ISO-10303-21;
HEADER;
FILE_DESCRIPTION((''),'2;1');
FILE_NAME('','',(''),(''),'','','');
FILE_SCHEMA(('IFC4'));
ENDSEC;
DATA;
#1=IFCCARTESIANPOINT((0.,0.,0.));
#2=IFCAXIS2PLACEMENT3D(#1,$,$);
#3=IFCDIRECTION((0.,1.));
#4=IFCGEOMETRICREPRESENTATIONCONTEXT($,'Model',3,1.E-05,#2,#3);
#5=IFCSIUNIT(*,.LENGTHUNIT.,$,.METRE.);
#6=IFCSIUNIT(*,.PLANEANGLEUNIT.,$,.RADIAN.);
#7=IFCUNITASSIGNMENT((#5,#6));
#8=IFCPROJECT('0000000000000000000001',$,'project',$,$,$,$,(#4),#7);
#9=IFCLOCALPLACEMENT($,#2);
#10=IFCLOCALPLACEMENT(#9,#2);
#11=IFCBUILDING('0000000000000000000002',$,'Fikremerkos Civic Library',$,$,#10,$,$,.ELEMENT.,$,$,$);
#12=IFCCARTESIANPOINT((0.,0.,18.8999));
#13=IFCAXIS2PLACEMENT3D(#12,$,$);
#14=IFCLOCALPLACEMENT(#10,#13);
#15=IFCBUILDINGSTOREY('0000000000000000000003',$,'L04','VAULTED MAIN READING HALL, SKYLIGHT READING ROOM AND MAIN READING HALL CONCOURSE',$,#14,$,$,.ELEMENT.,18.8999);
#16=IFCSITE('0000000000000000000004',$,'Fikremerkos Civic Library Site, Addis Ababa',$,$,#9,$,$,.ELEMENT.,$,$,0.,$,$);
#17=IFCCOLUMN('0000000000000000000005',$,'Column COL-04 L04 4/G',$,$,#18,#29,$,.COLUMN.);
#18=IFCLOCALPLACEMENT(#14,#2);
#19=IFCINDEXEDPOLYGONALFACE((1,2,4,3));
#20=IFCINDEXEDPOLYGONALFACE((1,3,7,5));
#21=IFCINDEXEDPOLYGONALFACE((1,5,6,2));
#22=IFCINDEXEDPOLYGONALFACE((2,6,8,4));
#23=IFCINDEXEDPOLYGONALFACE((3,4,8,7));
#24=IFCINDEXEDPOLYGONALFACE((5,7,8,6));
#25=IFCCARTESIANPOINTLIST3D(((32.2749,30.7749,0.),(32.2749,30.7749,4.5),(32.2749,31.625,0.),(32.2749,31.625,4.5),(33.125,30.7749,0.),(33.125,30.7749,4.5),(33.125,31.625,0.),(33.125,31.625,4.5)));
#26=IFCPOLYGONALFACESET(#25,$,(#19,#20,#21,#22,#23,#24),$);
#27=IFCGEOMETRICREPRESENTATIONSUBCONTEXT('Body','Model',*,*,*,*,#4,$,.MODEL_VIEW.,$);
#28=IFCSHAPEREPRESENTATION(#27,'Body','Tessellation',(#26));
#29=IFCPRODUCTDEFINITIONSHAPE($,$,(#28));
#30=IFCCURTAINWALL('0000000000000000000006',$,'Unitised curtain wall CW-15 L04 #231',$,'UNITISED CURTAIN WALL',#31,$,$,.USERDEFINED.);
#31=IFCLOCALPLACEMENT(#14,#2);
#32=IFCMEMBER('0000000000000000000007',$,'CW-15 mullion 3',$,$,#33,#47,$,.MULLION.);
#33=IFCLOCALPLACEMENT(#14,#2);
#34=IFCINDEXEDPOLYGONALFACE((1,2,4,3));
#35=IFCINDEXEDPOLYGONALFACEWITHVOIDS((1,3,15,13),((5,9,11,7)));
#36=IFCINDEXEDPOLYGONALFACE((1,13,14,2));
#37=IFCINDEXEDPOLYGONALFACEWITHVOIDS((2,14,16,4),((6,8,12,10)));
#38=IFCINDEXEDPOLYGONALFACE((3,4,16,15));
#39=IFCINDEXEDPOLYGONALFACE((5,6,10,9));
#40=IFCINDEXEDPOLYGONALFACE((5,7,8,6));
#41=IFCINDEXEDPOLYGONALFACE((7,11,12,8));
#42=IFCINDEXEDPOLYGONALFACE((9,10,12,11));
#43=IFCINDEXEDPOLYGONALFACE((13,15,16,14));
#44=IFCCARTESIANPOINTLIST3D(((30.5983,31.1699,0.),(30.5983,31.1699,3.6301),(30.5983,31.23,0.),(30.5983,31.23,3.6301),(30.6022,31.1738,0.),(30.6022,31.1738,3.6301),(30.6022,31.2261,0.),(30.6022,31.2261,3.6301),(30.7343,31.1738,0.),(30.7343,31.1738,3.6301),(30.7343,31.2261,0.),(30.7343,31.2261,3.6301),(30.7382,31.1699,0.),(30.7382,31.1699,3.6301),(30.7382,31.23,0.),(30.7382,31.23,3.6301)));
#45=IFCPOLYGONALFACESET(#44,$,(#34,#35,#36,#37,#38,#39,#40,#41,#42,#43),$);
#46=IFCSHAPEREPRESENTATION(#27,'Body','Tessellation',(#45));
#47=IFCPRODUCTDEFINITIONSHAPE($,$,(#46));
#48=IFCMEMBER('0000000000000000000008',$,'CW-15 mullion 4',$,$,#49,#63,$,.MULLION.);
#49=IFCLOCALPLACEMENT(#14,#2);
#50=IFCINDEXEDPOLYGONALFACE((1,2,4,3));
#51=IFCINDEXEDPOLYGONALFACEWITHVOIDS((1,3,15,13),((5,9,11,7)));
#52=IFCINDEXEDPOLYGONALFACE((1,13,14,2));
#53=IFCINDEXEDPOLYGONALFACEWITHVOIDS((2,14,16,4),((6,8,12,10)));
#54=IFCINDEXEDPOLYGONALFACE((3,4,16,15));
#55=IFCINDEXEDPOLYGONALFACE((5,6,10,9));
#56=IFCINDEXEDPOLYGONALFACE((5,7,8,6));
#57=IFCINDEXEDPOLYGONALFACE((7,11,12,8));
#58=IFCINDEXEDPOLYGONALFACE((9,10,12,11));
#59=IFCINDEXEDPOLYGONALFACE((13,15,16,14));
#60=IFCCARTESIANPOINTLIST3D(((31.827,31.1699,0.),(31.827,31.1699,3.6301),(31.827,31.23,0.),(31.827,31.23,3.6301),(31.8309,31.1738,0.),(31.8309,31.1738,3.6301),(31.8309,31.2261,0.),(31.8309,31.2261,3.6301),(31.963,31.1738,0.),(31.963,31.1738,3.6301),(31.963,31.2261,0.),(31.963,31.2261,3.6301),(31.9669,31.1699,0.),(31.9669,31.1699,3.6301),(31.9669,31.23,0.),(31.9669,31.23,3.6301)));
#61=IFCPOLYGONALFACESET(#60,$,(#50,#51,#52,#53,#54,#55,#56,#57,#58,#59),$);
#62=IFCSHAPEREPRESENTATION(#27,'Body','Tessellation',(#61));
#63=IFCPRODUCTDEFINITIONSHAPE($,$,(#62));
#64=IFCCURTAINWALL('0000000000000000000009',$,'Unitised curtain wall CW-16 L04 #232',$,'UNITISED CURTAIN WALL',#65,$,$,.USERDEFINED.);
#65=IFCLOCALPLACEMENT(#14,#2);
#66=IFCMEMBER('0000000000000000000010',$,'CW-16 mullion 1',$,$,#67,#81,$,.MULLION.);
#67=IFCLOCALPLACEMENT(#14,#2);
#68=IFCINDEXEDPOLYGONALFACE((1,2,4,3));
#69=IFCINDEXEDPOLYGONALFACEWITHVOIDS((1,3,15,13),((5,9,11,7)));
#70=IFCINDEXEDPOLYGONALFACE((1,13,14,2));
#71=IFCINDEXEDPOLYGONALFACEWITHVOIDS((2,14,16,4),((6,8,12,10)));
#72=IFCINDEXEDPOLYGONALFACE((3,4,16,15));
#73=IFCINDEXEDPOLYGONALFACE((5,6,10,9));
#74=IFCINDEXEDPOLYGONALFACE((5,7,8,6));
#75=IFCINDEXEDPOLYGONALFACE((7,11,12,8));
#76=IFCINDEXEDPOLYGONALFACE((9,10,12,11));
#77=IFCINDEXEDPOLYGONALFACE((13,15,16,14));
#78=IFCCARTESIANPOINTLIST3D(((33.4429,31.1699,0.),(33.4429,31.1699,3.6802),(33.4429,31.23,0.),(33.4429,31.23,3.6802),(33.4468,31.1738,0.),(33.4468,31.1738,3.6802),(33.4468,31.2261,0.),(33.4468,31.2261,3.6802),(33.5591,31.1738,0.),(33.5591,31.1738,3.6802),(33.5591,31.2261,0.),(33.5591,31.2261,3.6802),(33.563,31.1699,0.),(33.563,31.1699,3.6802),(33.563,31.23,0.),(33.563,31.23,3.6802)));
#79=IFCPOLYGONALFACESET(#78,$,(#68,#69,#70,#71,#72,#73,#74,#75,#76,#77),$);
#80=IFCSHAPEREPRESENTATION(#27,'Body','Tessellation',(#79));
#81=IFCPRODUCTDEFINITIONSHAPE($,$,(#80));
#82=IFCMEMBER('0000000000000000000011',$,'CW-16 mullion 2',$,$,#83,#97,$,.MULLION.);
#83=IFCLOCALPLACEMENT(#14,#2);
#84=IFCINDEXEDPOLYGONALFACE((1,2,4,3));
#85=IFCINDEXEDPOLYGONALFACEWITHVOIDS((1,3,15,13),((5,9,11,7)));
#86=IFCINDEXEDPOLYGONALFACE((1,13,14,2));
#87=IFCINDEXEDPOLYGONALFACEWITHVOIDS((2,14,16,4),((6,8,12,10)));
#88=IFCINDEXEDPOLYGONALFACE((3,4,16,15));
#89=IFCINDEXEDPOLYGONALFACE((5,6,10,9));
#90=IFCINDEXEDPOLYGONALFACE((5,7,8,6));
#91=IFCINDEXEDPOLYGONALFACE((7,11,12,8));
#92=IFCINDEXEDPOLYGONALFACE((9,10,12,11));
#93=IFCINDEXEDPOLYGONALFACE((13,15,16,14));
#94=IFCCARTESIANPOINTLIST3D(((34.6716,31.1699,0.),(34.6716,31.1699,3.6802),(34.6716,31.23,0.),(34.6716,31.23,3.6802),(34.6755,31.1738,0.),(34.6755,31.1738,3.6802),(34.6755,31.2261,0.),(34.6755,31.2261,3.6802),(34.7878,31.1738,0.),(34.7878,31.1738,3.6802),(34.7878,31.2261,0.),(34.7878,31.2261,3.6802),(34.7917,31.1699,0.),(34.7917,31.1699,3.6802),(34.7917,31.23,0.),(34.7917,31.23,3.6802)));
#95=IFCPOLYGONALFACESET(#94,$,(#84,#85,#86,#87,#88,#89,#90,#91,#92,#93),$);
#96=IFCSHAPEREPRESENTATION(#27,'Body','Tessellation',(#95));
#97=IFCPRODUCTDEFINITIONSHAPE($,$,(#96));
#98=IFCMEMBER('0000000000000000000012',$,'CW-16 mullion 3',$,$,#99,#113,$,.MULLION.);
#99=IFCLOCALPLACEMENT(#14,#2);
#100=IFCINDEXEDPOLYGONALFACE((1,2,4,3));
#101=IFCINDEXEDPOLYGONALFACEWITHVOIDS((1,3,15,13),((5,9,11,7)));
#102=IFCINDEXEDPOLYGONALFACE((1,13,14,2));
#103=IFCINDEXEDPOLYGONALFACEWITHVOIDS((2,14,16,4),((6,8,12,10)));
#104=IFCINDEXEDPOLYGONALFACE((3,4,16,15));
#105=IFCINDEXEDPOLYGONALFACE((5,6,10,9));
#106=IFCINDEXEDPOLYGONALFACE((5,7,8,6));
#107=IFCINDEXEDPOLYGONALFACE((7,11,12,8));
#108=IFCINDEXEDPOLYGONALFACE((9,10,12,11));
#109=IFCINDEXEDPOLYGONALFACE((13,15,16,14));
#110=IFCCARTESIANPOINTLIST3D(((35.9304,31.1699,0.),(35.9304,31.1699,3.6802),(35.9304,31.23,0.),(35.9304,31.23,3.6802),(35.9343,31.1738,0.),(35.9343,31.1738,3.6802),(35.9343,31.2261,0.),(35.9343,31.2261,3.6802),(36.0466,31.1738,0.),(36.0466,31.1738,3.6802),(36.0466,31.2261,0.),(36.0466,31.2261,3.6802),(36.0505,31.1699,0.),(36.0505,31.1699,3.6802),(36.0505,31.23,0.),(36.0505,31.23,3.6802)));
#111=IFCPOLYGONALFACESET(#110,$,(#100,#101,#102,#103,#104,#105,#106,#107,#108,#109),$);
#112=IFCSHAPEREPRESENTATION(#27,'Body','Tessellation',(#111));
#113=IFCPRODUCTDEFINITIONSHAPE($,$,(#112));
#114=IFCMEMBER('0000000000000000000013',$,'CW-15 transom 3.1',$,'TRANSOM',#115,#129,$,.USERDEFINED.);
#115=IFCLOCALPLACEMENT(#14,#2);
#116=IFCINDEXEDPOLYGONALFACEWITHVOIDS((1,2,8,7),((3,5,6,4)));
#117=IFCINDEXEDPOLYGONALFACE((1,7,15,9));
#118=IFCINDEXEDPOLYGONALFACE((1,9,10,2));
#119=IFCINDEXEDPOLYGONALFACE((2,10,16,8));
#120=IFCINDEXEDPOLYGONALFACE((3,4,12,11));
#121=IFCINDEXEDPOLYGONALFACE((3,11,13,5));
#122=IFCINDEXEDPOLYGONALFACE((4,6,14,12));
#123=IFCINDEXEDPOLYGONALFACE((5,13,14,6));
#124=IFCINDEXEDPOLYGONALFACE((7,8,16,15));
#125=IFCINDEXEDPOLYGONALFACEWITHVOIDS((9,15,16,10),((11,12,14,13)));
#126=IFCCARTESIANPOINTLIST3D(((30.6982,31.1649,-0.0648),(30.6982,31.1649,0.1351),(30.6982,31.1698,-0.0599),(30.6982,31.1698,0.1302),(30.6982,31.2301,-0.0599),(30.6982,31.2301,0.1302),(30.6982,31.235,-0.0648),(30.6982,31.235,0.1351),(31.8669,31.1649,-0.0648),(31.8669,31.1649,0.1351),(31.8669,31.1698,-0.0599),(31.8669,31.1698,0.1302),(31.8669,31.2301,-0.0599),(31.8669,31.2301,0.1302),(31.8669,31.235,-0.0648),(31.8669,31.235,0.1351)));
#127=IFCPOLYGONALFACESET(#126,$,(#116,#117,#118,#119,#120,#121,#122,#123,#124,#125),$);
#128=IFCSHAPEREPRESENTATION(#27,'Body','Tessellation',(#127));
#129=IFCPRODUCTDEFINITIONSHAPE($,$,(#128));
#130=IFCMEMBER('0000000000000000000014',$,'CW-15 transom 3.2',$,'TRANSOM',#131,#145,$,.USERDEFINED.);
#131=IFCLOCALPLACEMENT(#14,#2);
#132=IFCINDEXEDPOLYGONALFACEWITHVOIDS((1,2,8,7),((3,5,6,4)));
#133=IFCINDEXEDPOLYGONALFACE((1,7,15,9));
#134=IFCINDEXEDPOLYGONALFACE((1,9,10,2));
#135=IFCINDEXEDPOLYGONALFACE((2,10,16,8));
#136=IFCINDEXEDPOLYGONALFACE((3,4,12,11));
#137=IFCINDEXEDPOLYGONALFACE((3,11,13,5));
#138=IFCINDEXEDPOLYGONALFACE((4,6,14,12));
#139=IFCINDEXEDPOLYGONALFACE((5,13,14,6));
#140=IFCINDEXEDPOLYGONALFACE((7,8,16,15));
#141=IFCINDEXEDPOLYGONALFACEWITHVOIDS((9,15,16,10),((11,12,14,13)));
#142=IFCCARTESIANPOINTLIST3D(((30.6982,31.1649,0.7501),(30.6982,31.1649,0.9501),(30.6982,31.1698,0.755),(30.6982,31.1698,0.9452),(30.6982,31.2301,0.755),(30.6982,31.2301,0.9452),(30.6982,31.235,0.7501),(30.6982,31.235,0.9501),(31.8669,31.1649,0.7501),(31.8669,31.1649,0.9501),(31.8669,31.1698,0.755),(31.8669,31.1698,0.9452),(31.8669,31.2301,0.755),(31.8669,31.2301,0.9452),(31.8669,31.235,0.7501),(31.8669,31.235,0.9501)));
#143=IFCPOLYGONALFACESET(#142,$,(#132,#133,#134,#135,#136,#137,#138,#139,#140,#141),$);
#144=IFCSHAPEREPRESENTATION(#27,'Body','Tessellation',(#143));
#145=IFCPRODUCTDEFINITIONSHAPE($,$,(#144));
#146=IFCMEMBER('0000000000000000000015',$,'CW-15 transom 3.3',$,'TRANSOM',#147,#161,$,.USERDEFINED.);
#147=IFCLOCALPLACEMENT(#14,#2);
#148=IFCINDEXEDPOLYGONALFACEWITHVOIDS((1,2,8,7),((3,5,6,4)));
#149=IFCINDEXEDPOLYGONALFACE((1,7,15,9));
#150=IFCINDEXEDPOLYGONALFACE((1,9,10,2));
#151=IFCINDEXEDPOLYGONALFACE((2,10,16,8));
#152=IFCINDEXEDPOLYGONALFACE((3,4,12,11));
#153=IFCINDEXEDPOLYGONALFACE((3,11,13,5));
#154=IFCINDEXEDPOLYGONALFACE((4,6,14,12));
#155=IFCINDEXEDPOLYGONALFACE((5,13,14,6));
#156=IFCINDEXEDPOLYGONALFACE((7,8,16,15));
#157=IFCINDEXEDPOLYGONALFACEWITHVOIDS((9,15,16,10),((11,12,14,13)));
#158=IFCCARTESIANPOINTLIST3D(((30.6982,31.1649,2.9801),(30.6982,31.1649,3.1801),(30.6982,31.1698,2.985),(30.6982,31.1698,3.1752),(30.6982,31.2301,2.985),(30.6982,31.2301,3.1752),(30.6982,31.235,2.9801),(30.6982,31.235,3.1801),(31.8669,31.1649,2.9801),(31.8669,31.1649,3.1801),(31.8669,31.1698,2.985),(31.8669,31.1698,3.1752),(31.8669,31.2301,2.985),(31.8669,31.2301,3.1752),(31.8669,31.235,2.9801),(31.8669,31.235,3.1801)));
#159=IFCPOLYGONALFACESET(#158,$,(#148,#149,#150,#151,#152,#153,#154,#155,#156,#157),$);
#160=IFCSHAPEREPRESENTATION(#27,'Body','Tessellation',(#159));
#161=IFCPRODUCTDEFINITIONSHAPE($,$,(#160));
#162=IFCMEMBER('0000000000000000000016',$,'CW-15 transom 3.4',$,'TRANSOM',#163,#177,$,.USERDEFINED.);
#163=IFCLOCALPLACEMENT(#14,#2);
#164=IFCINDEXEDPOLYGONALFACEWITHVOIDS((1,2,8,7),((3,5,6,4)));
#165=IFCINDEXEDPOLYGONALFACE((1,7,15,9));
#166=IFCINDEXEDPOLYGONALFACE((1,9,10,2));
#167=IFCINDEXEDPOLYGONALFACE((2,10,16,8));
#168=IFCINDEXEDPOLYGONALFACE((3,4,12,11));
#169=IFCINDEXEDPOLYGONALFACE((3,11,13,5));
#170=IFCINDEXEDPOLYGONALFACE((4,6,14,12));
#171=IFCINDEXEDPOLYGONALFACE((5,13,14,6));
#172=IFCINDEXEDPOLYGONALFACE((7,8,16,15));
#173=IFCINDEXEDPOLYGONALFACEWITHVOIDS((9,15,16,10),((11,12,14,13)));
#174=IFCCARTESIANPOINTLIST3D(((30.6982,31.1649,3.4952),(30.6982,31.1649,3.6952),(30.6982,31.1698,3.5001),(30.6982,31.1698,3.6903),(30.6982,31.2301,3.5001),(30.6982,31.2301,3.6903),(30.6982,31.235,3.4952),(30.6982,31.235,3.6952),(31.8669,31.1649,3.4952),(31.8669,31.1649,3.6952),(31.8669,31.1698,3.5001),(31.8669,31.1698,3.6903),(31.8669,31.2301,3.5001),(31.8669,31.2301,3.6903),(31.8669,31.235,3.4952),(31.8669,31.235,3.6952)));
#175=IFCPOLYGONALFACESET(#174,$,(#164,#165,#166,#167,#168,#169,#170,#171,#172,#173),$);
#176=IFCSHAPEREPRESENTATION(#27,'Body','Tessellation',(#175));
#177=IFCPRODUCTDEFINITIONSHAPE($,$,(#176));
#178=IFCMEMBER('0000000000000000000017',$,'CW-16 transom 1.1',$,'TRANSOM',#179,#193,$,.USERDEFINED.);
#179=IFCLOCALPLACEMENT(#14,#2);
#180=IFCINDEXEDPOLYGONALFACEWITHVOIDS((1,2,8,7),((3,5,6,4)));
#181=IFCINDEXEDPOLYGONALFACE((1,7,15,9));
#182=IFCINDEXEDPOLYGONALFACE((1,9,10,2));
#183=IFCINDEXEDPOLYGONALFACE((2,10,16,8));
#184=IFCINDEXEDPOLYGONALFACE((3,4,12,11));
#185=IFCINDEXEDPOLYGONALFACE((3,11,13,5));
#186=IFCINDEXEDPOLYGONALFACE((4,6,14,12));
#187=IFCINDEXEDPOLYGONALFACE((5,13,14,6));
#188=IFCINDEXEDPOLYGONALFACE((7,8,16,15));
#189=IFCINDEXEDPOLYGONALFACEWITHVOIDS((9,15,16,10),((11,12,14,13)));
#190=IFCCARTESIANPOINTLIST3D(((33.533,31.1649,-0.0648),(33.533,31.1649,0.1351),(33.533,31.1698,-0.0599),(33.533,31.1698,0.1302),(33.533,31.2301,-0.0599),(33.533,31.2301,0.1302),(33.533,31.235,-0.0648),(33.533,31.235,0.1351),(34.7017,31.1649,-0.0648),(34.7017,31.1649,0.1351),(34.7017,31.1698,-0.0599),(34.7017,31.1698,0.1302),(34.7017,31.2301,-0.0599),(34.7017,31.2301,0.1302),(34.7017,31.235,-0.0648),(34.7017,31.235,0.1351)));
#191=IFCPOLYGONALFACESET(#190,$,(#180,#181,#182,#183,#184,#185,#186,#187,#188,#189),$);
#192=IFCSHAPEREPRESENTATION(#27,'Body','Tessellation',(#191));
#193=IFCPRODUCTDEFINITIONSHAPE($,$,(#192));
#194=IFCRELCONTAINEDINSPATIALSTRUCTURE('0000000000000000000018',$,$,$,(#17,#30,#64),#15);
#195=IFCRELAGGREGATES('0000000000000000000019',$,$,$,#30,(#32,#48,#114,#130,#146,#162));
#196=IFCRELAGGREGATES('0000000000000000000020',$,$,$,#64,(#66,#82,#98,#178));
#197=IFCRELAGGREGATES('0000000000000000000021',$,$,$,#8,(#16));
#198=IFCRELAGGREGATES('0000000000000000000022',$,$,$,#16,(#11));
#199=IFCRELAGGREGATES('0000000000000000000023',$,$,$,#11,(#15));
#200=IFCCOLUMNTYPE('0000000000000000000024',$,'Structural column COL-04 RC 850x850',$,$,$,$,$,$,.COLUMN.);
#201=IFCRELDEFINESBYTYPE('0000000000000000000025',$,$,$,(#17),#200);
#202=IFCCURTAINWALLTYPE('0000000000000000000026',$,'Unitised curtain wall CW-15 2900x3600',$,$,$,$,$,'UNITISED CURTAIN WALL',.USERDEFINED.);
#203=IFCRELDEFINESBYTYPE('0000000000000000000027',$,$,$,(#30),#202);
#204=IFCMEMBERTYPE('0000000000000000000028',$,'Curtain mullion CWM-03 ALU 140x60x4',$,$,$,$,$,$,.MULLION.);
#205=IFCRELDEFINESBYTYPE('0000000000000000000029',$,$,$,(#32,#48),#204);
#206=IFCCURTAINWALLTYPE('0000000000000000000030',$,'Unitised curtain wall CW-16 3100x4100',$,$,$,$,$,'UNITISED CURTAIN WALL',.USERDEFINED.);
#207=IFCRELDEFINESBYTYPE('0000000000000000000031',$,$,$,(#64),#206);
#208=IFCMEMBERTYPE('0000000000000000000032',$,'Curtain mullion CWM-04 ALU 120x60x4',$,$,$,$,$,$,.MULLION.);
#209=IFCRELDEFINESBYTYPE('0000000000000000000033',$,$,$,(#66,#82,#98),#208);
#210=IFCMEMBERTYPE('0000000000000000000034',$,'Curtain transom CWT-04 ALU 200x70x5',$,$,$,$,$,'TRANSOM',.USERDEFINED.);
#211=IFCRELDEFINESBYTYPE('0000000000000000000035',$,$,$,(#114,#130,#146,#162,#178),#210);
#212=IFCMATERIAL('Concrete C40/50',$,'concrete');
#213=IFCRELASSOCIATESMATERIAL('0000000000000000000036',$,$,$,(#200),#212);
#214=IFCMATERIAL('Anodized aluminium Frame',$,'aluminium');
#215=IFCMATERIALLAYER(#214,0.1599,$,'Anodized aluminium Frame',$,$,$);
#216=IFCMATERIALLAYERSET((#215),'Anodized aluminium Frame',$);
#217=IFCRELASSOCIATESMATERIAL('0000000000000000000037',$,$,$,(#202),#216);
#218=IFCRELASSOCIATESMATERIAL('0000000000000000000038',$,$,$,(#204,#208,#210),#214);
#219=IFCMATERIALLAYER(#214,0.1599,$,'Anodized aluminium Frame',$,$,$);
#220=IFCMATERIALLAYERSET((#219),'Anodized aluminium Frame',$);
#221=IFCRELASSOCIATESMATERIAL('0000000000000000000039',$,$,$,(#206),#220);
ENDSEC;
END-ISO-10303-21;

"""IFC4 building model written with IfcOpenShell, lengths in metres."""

from ifc_helpers import new_model, si_unit, direction, frame, origin, origin_2d, place, context, subcontext, project, spatial, rectangle, hollow_rectangle, extrude, material, layer, layer_set, material_profile, profile_set, type_object, element, aggregate, save


model = new_model("IFC4")

# Units and contexts
model_context = context("Model", 3, precision=1e-05, world=origin(), true_north=direction((0.0, 1.0)))
body_context = subcontext(model_context, "Body", "Model", "MODEL_VIEW")
ifc_project = project(units=[si_unit("LENGTHUNIT", "METRE"), si_unit("PLANEANGLEUNIT", "RADIAN")], contexts=[model_context])

# Site, building, storey
site_placement = place(None, origin())
site = spatial("IfcSite", under=ifc_project, at=site_placement, Name="Fikremerkos Civic Library Site, Addis Ababa", CompositionType="ELEMENT", RefElevation=0.0)
building_placement = place(site_placement, origin())
building = spatial("IfcBuilding", under=site, at=building_placement, Name="Fikremerkos Civic Library", CompositionType="ELEMENT")
storey_placement = place(building_placement, frame((0.0, 0.0, 18.8999)))
storey = spatial("IfcBuildingStorey", under=building, at=storey_placement, Name="L04", Description="VAULTED MAIN READING HALL, SKYLIGHT READING ROOM AND MAIN READING HALL CONCOURSE", CompositionType="ELEMENT", Elevation=18.8999)

# Column
ifc_material_1 = material(Name="Concrete C40/50", Category="concrete")
ifc_material_profile_1 = material_profile(ifc_material_1, rectangle(XDim=0.8501, YDim=0.8501, at=origin_2d()), Name="RC 850x850")
ifc_profile_set_1 = profile_set([ifc_material_profile_1], Name="Concrete C40/50")
column_type = type_object("IfcColumnType", Name="Structural column COL-04 RC 850x850", PredefinedType="COLUMN", material=ifc_profile_set_1)
column_placement = place(storey_placement, frame((32.7, 31.2, 0.0), z_axis=(0.0, 0.0, 1.0), x_axis=(1.0, 0.0, 0.0)))
element("IfcColumn", 1, at=column_placement, inside=storey, type_object=column_type, Name="Column COL-04 L04 4/G", PredefinedType="COLUMN", context=body_context, shape_type="SweptSolid", body=[
    extrude(rectangle(XDim=0.8501, YDim=0.8501, at=origin_2d()), origin(), (0.0, 0.0, 1.0), 4.5),
])

# Curtain walls, members
ifc_material_2 = material(Name="Anodized aluminium Frame", Category="aluminium")
ifc_layer_1 = layer(ifc_material_2, 0.1599, Name="Anodized aluminium Frame")
ifc_layer_set_1 = layer_set([ifc_layer_1], Name="Anodized aluminium Frame")
curtain_wall_type_1 = type_object("IfcCurtainWallType", Name="Unitised curtain wall CW-15 2900x3600", ElementType="UNITISED CURTAIN WALL", PredefinedType="USERDEFINED", material=ifc_layer_set_1)
curtain_wall_1_placement = place(storey_placement, origin())
curtain_wall_1 = element("IfcCurtainWall", 2, at=curtain_wall_1_placement, inside=storey, type_object=curtain_wall_type_1, Name="Unitised curtain wall CW-15 L04 #231", ObjectType="UNITISED CURTAIN WALL", PredefinedType="USERDEFINED")
ifc_material_profile_2 = material_profile(ifc_material_2, hollow_rectangle(XDim=0.0601, YDim=0.1399, WallThickness=0.0039, at=origin_2d()), Name="ALU 140x60x4")
ifc_profile_set_2 = profile_set([ifc_material_profile_2], Name="Anodized aluminium Frame")
member_type_1 = type_object("IfcMemberType", Name="Curtain mullion CWM-03 ALU 140x60x4", PredefinedType="MULLION", material=ifc_profile_set_2)
member_1_placement = place(storey_placement, frame((30.6682, 31.2, 0.0), z_axis=(0.0, 0.0, 1.0), x_axis=(0.0, 1.0, 0.0)))
member_1 = element("IfcMember", 3, at=member_1_placement, type_object=member_type_1, Name="CW-15 mullion 3", PredefinedType="MULLION", context=body_context, shape_type="SweptSolid", body=[
    extrude(hollow_rectangle(XDim=0.0601, YDim=0.1399, WallThickness=0.0039, at=origin_2d()), origin(), (0.0, 0.0, 1.0), 3.6301),
])
member_2_placement = place(storey_placement, frame((31.897, 31.2, 0.0), z_axis=(0.0, 0.0, 1.0), x_axis=(0.0, 1.0, 0.0)))
member_2 = element("IfcMember", 4, at=member_2_placement, type_object=member_type_1, Name="CW-15 mullion 4", PredefinedType="MULLION", context=body_context, shape_type="SweptSolid", body=[
    extrude(hollow_rectangle(XDim=0.0601, YDim=0.1399, WallThickness=0.0039, at=origin_2d()), origin(), (0.0, 0.0, 1.0), 3.6301),
])
ifc_layer_2 = layer(ifc_material_2, 0.1599, Name="Anodized aluminium Frame")
ifc_layer_set_2 = layer_set([ifc_layer_2], Name="Anodized aluminium Frame")
curtain_wall_type_2 = type_object("IfcCurtainWallType", Name="Unitised curtain wall CW-16 3100x4100", ElementType="UNITISED CURTAIN WALL", PredefinedType="USERDEFINED", material=ifc_layer_set_2)
curtain_wall_2_placement = place(storey_placement, origin())
curtain_wall_2 = element("IfcCurtainWall", 5, at=curtain_wall_2_placement, inside=storey, type_object=curtain_wall_type_2, Name="Unitised curtain wall CW-16 L04 #232", ObjectType="UNITISED CURTAIN WALL", PredefinedType="USERDEFINED")
ifc_material_profile_3 = material_profile(ifc_material_2, hollow_rectangle(XDim=0.0601, YDim=0.1201, WallThickness=0.0039, at=origin_2d()), Name="ALU 120x60x4")
ifc_profile_set_3 = profile_set([ifc_material_profile_3], Name="Anodized aluminium Frame")
member_type_2 = type_object("IfcMemberType", Name="Curtain mullion CWM-04 ALU 120x60x4", PredefinedType="MULLION", material=ifc_profile_set_3)
member_3_placement = place(storey_placement, frame((33.5029, 31.2, 0.0), z_axis=(0.0, 0.0, 1.0), x_axis=(0.0, 1.0, 0.0)))
member_3 = element("IfcMember", 6, at=member_3_placement, type_object=member_type_2, Name="CW-16 mullion 1", PredefinedType="MULLION", context=body_context, shape_type="SweptSolid", body=[
    extrude(hollow_rectangle(XDim=0.0601, YDim=0.1201, WallThickness=0.0039, at=origin_2d()), origin(), (0.0, 0.0, 1.0), 3.6802),
])
member_4_placement = place(storey_placement, frame((34.7317, 31.2, 0.0), z_axis=(0.0, 0.0, 1.0), x_axis=(0.0, 1.0, 0.0)))
member_4 = element("IfcMember", 7, at=member_4_placement, type_object=member_type_2, Name="CW-16 mullion 2", PredefinedType="MULLION", context=body_context, shape_type="SweptSolid", body=[
    extrude(hollow_rectangle(XDim=0.0601, YDim=0.1201, WallThickness=0.0039, at=origin_2d()), origin(), (0.0, 0.0, 1.0), 3.6802),
])
member_5_placement = place(storey_placement, frame((35.9905, 31.2, 0.0), z_axis=(0.0, 0.0, 1.0), x_axis=(0.0, 1.0, 0.0)))
member_5 = element("IfcMember", 8, at=member_5_placement, type_object=member_type_2, Name="CW-16 mullion 3", PredefinedType="MULLION", context=body_context, shape_type="SweptSolid", body=[
    extrude(hollow_rectangle(XDim=0.0601, YDim=0.1201, WallThickness=0.0039, at=origin_2d()), origin(), (0.0, 0.0, 1.0), 3.6802),
])

# Members
ifc_material_profile_4 = material_profile(ifc_material_2, hollow_rectangle(XDim=0.0701, YDim=0.2, WallThickness=0.0049, at=origin_2d()), Name="ALU 200x70x5")
ifc_profile_set_4 = profile_set([ifc_material_profile_4], Name="Anodized aluminium Frame")
member_type_3 = type_object("IfcMemberType", Name="Curtain transom CWT-04 ALU 200x70x5", ElementType="TRANSOM", PredefinedType="USERDEFINED", material=ifc_profile_set_4)
member_6_placement = place(storey_placement, frame((30.6982, 31.2, 0.0352), z_axis=(1.0, 0.0, 0.0), x_axis=(0.0, 1.0, 0.0)))
member_6 = element("IfcMember", 9, at=member_6_placement, type_object=member_type_3, Name="CW-15 transom 3.1", ObjectType="TRANSOM", PredefinedType="USERDEFINED", context=body_context, shape_type="SweptSolid", body=[
    extrude(hollow_rectangle(XDim=0.0701, YDim=0.2, WallThickness=0.0049, at=origin_2d()), origin(), (0.0, 0.0, 1.0), 1.1687),
])
member_7_placement = place(storey_placement, frame((30.6982, 31.2, 0.8501), z_axis=(1.0, 0.0, 0.0), x_axis=(0.0, 1.0, 0.0)))
member_7 = element("IfcMember", 10, at=member_7_placement, type_object=member_type_3, Name="CW-15 transom 3.2", ObjectType="TRANSOM", PredefinedType="USERDEFINED", context=body_context, shape_type="SweptSolid", body=[
    extrude(hollow_rectangle(XDim=0.0701, YDim=0.2, WallThickness=0.0049, at=origin_2d()), origin(), (0.0, 0.0, 1.0), 1.1687),
])
member_8_placement = place(storey_placement, frame((30.6982, 31.2, 3.0801), z_axis=(1.0, 0.0, 0.0), x_axis=(0.0, 1.0, 0.0)))
member_8 = element("IfcMember", 11, at=member_8_placement, type_object=member_type_3, Name="CW-15 transom 3.3", ObjectType="TRANSOM", PredefinedType="USERDEFINED", context=body_context, shape_type="SweptSolid", body=[
    extrude(hollow_rectangle(XDim=0.0701, YDim=0.2, WallThickness=0.0049, at=origin_2d()), origin(), (0.0, 0.0, 1.0), 1.1687),
])
member_9_placement = place(storey_placement, frame((30.6982, 31.2, 3.5952), z_axis=(1.0, 0.0, 0.0), x_axis=(0.0, 1.0, 0.0)))
member_9 = element("IfcMember", 12, at=member_9_placement, type_object=member_type_3, Name="CW-15 transom 3.4", ObjectType="TRANSOM", PredefinedType="USERDEFINED", context=body_context, shape_type="SweptSolid", body=[
    extrude(hollow_rectangle(XDim=0.0701, YDim=0.2, WallThickness=0.0049, at=origin_2d()), origin(), (0.0, 0.0, 1.0), 1.1687),
])
member_10_placement = place(storey_placement, frame((33.533, 31.2, 0.0352), z_axis=(1.0, 0.0, 0.0), x_axis=(0.0, 1.0, 0.0)))
member_10 = element("IfcMember", 13, at=member_10_placement, type_object=member_type_3, Name="CW-16 transom 1.1", ObjectType="TRANSOM", PredefinedType="USERDEFINED", context=body_context, shape_type="SweptSolid", body=[
    extrude(hollow_rectangle(XDim=0.0701, YDim=0.2, WallThickness=0.0049, at=origin_2d()), origin(), (0.0, 0.0, 1.0), 1.1687),
])

aggregate(curtain_wall_1, [member_1, member_2, member_6, member_7, member_8, member_9])
aggregate(curtain_wall_2, [member_3, member_4, member_5, member_10])

save(model, "model.ifc")
